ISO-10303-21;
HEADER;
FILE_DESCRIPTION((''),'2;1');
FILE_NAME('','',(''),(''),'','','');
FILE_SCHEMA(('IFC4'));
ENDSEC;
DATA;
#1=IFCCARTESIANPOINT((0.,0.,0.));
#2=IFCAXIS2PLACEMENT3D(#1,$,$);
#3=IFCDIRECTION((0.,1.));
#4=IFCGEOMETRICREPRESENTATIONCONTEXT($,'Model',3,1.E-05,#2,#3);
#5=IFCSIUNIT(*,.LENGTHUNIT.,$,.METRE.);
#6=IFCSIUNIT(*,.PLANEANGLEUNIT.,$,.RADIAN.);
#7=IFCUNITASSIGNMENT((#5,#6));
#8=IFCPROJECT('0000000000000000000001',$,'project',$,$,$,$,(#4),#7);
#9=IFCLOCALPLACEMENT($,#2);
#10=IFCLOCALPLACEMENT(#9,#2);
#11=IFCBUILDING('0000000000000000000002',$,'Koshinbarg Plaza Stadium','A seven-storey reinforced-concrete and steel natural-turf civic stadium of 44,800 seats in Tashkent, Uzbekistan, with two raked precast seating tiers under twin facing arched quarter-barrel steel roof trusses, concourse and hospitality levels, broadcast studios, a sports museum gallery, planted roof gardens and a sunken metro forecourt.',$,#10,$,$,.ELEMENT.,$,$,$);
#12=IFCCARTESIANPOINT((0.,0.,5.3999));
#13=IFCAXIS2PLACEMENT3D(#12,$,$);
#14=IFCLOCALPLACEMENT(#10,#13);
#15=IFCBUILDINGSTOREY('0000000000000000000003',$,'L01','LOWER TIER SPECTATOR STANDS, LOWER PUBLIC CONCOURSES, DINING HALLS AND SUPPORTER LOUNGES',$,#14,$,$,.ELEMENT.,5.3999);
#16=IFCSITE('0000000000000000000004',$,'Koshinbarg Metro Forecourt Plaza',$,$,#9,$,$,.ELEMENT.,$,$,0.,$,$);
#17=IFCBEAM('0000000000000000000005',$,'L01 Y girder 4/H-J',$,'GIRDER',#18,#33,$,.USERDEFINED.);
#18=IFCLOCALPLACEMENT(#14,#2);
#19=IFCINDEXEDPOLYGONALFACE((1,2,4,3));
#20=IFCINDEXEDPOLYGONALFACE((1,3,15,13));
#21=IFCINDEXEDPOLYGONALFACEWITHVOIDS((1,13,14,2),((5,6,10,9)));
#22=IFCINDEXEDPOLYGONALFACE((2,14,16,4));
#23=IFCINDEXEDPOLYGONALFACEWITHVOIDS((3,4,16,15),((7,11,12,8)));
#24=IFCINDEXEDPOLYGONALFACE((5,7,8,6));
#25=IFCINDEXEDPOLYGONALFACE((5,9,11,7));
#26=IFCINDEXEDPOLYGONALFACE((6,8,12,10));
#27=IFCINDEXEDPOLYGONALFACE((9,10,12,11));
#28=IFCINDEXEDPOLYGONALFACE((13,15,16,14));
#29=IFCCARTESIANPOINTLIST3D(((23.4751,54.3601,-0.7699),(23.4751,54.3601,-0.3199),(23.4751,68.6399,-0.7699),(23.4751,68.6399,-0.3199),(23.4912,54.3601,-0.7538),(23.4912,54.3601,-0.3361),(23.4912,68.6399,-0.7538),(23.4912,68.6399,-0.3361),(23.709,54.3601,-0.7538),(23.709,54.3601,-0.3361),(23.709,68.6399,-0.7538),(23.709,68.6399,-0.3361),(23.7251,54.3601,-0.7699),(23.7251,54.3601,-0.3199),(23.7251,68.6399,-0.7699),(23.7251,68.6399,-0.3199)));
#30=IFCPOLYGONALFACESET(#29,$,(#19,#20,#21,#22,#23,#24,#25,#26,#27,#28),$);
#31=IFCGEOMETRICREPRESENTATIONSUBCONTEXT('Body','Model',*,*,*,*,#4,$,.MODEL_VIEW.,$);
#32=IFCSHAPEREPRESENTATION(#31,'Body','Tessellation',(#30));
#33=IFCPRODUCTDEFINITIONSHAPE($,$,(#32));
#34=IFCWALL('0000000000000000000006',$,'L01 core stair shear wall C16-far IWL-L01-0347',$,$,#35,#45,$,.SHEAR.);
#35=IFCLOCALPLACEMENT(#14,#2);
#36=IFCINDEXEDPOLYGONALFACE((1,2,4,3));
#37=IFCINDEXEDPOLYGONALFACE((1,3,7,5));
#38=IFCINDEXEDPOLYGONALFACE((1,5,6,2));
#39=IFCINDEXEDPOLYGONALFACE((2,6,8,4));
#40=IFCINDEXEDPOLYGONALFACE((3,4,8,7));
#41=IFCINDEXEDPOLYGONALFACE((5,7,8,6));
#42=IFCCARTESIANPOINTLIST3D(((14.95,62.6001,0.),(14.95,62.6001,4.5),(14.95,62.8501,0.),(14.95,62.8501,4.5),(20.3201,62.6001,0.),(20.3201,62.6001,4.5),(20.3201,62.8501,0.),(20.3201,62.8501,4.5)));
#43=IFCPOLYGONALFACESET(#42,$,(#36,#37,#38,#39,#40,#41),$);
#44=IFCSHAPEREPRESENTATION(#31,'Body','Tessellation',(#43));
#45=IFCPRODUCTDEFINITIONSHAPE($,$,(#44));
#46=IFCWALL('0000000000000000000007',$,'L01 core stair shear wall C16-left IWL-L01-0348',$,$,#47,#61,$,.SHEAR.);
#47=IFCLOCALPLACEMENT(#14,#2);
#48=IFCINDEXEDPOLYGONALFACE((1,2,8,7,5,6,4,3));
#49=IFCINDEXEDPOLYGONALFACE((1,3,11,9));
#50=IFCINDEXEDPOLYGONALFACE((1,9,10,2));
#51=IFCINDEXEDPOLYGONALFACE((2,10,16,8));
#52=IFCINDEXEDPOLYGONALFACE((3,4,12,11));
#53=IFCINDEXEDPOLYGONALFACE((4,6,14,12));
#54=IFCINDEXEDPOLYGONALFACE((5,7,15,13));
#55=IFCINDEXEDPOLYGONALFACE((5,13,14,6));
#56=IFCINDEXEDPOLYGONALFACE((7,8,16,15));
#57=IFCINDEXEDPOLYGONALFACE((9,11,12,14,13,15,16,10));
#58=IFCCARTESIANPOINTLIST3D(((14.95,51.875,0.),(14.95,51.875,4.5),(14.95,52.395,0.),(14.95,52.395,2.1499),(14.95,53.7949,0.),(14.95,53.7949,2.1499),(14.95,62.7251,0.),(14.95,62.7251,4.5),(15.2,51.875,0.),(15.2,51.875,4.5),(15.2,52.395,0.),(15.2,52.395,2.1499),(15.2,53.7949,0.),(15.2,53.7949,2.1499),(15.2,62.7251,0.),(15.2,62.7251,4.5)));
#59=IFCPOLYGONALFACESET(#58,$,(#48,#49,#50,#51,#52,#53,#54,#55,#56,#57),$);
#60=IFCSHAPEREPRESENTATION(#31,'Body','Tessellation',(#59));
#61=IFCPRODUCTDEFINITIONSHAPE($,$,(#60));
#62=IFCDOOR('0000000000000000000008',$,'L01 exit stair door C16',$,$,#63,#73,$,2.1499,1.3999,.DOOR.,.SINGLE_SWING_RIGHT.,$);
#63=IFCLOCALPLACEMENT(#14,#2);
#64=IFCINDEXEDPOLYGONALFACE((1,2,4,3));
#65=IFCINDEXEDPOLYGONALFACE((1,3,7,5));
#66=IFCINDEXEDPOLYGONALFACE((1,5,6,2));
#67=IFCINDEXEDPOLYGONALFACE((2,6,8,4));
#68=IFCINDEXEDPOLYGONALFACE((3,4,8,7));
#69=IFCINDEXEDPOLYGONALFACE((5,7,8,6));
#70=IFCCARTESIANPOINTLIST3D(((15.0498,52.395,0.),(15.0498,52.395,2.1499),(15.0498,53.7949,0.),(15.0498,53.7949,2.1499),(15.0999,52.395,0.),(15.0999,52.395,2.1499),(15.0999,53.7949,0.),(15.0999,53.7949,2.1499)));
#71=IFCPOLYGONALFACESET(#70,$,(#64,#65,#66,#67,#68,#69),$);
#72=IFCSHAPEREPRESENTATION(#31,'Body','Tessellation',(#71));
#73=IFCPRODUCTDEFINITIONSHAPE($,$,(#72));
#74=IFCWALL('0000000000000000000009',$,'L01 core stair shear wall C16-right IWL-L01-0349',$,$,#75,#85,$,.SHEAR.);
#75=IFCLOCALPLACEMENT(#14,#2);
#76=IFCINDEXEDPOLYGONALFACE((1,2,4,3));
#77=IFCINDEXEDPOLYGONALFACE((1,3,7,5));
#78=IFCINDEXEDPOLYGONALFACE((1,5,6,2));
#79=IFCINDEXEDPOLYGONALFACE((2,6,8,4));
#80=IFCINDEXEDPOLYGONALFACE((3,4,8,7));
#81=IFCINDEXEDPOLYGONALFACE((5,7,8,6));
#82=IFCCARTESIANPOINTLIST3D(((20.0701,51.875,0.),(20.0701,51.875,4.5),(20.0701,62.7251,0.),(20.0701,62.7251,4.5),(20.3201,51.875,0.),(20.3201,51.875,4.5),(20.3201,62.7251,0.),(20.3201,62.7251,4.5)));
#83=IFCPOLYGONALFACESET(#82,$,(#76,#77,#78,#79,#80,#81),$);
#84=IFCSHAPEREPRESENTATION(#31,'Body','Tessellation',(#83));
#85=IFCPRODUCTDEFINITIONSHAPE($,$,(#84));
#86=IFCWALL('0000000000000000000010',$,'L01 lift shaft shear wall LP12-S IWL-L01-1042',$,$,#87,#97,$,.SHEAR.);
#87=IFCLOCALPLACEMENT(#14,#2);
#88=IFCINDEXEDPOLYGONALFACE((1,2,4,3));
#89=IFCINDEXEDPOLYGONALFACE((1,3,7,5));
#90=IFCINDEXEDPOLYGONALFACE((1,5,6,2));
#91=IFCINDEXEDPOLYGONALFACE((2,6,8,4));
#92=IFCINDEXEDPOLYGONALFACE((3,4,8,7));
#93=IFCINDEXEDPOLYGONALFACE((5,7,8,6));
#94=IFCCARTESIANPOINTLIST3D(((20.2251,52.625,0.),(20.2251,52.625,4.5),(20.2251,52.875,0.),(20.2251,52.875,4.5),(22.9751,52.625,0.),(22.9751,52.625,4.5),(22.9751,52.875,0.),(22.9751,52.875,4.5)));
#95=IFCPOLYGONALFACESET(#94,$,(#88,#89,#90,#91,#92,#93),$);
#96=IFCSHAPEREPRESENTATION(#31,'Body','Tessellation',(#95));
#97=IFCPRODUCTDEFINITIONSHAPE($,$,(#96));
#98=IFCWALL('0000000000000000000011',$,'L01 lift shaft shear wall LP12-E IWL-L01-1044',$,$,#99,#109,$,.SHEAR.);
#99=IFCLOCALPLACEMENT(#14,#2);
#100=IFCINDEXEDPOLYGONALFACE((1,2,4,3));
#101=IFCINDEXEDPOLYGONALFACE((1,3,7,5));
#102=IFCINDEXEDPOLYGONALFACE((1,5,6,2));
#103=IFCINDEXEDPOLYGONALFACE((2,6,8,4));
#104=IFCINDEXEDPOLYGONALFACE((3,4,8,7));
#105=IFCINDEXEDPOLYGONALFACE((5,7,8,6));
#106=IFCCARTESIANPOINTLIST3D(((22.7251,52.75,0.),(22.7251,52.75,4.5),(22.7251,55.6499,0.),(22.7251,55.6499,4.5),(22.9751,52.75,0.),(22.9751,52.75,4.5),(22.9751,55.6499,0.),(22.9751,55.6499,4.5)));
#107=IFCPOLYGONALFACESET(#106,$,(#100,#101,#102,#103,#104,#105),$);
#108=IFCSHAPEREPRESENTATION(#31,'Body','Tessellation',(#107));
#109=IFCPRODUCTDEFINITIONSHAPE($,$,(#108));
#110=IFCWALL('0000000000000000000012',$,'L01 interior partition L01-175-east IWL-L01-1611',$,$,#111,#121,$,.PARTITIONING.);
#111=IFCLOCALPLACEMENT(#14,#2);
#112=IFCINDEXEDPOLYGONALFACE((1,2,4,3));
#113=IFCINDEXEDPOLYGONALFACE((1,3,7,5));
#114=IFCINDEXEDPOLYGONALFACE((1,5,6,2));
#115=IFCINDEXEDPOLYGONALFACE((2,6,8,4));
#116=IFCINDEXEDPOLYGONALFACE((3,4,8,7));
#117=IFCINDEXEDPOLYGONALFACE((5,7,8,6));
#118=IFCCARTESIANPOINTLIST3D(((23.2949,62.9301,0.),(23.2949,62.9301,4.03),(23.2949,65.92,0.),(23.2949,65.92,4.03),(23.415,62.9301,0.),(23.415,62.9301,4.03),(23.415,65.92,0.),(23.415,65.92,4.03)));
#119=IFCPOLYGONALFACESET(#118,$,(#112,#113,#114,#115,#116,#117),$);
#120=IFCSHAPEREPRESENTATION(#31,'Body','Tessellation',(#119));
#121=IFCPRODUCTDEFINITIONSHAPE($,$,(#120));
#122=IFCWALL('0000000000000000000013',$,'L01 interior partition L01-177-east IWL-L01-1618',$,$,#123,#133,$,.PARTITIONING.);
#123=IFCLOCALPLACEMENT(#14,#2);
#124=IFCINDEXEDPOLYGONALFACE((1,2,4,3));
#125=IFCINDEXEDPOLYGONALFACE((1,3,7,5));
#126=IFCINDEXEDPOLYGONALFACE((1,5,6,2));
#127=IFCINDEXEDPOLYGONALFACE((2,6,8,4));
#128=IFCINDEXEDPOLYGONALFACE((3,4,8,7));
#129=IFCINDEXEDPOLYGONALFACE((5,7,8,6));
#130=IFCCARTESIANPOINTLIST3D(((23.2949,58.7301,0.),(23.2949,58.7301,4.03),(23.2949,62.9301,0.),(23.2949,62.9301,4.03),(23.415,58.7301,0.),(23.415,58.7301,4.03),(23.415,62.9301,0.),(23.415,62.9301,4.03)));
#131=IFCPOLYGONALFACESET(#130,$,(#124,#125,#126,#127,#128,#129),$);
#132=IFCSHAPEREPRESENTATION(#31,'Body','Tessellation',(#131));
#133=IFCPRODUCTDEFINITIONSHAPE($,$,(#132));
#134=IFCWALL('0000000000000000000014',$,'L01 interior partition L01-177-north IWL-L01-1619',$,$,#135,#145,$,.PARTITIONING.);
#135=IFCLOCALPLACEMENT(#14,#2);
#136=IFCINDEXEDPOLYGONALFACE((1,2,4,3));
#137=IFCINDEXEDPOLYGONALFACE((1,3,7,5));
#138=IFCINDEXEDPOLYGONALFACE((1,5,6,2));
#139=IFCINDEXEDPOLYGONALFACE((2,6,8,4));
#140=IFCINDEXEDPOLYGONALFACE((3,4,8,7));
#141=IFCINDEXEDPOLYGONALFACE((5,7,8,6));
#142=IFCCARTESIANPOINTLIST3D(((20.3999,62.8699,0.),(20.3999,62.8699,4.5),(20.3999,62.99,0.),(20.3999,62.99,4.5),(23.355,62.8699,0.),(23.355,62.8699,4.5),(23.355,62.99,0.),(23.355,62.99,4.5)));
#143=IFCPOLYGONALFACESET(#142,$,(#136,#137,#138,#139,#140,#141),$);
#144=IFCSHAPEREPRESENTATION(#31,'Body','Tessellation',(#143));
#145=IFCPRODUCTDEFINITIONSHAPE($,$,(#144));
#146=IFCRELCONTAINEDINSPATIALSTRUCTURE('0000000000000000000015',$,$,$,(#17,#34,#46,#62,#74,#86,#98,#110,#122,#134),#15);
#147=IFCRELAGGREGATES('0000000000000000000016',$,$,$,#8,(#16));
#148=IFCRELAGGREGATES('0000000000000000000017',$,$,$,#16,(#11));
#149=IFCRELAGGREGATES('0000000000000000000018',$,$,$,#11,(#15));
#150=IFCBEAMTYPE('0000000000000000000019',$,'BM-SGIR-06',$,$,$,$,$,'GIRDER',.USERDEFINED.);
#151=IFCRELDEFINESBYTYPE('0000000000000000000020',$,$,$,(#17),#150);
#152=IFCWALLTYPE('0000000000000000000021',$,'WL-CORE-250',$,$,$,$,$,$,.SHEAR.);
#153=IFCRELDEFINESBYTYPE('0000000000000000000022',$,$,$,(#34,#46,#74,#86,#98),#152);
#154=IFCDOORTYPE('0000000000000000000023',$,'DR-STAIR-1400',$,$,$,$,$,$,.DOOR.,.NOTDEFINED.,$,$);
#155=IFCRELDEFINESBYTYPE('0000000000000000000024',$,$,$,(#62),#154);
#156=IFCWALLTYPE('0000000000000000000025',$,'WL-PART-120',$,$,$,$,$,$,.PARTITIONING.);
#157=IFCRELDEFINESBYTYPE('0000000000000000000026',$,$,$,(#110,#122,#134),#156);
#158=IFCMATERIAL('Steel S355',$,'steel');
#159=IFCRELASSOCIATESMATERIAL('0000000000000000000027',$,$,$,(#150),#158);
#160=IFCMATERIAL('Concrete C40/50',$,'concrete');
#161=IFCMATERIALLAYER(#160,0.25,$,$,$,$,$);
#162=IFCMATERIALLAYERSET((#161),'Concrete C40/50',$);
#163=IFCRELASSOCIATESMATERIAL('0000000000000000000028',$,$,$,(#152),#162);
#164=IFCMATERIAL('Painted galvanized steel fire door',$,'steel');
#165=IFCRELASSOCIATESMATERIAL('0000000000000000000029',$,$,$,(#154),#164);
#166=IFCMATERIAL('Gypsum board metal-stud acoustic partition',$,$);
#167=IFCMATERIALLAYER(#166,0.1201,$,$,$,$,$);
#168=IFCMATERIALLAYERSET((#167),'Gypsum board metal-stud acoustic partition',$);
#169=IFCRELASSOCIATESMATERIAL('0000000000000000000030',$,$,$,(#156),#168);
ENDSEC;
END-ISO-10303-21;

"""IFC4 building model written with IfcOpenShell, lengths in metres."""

from ifc_helpers import new_model, si_unit, direction, frame, frame_2d, origin, origin_2d, place, context, subcontext, project, spatial, rectangle, hollow_rectangle, extrude, material, layer, layer_set, material_profile, profile_set, type_object, element, fill, save


model = new_model("IFC4")

# Units and contexts
model_context = context("Model", 3, precision=1e-05, world=origin(), true_north=direction((0.0, 1.0)))
body_context = subcontext(model_context, "Body", "Model", "MODEL_VIEW")
ifc_project = project(units=[si_unit("LENGTHUNIT", "METRE"), si_unit("PLANEANGLEUNIT", "RADIAN")], contexts=[model_context])

# Site, building, storey
site_placement = place(None, origin())
site = spatial("IfcSite", under=ifc_project, at=site_placement, Name="Koshinbarg Metro Forecourt Plaza", CompositionType="ELEMENT", RefElevation=0.0)
building_placement = place(site_placement, origin())
building = spatial("IfcBuilding", under=site, at=building_placement, Name="Koshinbarg Plaza Stadium", Description="A seven-storey reinforced-concrete and steel natural-turf civic stadium of 44,800 seats in Tashkent, Uzbekistan, with two raked precast seating tiers under twin facing arched quarter-barrel steel roof trusses, concourse and hospitality levels, broadcast studios, a sports museum gallery, planted roof gardens and a sunken metro forecourt.", CompositionType="ELEMENT")
storey_placement = place(building_placement, frame((0.0, 0.0, 5.3999)))
storey = spatial("IfcBuildingStorey", under=building, at=storey_placement, Name="L01", Description="LOWER TIER SPECTATOR STANDS, LOWER PUBLIC CONCOURSES, DINING HALLS AND SUPPORTER LOUNGES", CompositionType="ELEMENT", Elevation=5.3999)

# Shared definitions
ifc_material_1 = material(Name="Concrete C40/50", Category="concrete")
ifc_material_2 = material(Name="Steel S355", Category="steel")

# Beam
ifc_material_profile_1 = material_profile(ifc_material_2, hollow_rectangle(XDim=0.25, YDim=0.45, WallThickness=0.0161, at=origin_2d()), Name="RHS 450x250x16")
ifc_profile_set_1 = profile_set([ifc_material_profile_1], Name="Steel S355")
beam_type_1 = type_object("IfcBeamType", Name="BM-SGIR-06", ElementType="GIRDER", PredefinedType="USERDEFINED", material=ifc_profile_set_1)
beam_1_placement = place(storey_placement, frame((23.6001, 54.3601, -0.5449), z_axis=(0.0, 1.0, 0.0), x_axis=(-1.0, 0.0, 0.0)))
element("IfcBeam", 1, at=beam_1_placement, inside=storey, type_object=beam_type_1, Name="L01 Y girder 4/H-J", ObjectType="GIRDER", PredefinedType="USERDEFINED", context=body_context, shape_type="SweptSolid", body=[
    extrude(hollow_rectangle(XDim=0.25, YDim=0.45, WallThickness=0.0161, at=origin_2d()), origin(), (0.0, 0.0, 1.0), 14.2798),
])

# Wall
ifc_layer_1 = layer(ifc_material_1, 0.25)
ifc_layer_set_1 = layer_set([ifc_layer_1], Name="Concrete C40/50")
wall_type_1 = type_object("IfcWallType", Name="WL-CORE-250", PredefinedType="SHEAR", material=ifc_layer_set_1)
wall_1_placement = place(storey_placement, frame((20.3201, 62.7251, 0.0), z_axis=(0.0, 0.0, 1.0), x_axis=(-1.0, 0.0, 0.0)))
element("IfcWall", 2, at=wall_1_placement, inside=storey, type_object=wall_type_1, Name="L01 core stair shear wall C16-far IWL-L01-0347", PredefinedType="SHEAR", context=body_context, shape_type="SweptSolid", body=[
    extrude(rectangle(XDim=5.3701, YDim=0.25, at=frame_2d((2.6851, 0.0))), origin(), (0.0, 0.0, 1.0), 4.5),
])

# Wall, opening, door
wall_2_placement = place(storey_placement, frame((15.075, 51.875, 0.0), z_axis=(0.0, 0.0, 1.0), x_axis=(0.0, 1.0, 0.0)))
wall_2 = element("IfcWall", 3, at=wall_2_placement, inside=storey, type_object=wall_type_1, Name="L01 core stair shear wall C16-left IWL-L01-0348", PredefinedType="SHEAR", context=body_context, shape_type="SweptSolid", body=[
    extrude(rectangle(XDim=10.8501, YDim=0.25, at=frame_2d((5.425, 0.0))), origin(), (0.0, 0.0, 1.0), 4.5),
])
opening_1_placement = place(wall_2_placement, frame((0.52, 0.0, 0.0)))
opening_1 = element("IfcOpeningElement", 4, at=opening_1_placement, cuts=wall_2, PredefinedType="OPENING", context=body_context, shape_type="SweptSolid", body=[
    extrude(rectangle(XDim=1.3999, YDim=2.1499, at=frame_2d((0.7, 1.075))), frame((0.0, 0.135, 0.0), z_axis=(0.0, -1.0, 0.0), x_axis=(1.0, 0.0, 0.0)), (0.0, 0.0, 1.0), 0.27),
])
ifc_material_3 = material(Name="Painted galvanized steel fire door", Category="steel")
door_type_1 = type_object("IfcDoorType", Name="DR-STAIR-1400", OperationType="NOTDEFINED", PredefinedType="DOOR", material=ifc_material_3)
door_1_placement = place(opening_1_placement, frame((1.3999, 0.0, 0.0), z_axis=(0.0, 0.0, 1.0), x_axis=(-1.0, 0.0, 0.0)))
door_1 = element("IfcDoor", 5, at=door_1_placement, inside=storey, type_object=door_type_1, Name="L01 exit stair door C16", OperationType="SINGLE_SWING_RIGHT", OverallHeight=2.1499, OverallWidth=1.3999, PredefinedType="DOOR", context=body_context, shape_type="SweptSolid", body=[
    extrude(rectangle(XDim=1.3999, YDim=2.1499, at=frame_2d((0.7, 1.075))), frame((0.0, 0.0249, 0.0), z_axis=(0.0, -1.0, 0.0), x_axis=(1.0, 0.0, 0.0)), (0.0, 0.0, 1.0), 0.05),
])
fill(opening_1, door_1)

# Walls
wall_3_placement = place(storey_placement, frame((20.1951, 51.875, 0.0), z_axis=(0.0, 0.0, 1.0), x_axis=(0.0, 1.0, 0.0)))
element("IfcWall", 6, at=wall_3_placement, inside=storey, type_object=wall_type_1, Name="L01 core stair shear wall C16-right IWL-L01-0349", PredefinedType="SHEAR", context=body_context, shape_type="SweptSolid", body=[
    extrude(rectangle(XDim=10.8501, YDim=0.25, at=frame_2d((5.425, 0.0))), origin(), (0.0, 0.0, 1.0), 4.5),
])
wall_4_placement = place(storey_placement, frame((20.2251, 52.75, 0.0), z_axis=(0.0, 0.0, 1.0), x_axis=(1.0, 0.0, 0.0)))
element("IfcWall", 7, at=wall_4_placement, inside=storey, type_object=wall_type_1, Name="L01 lift shaft shear wall LP12-S IWL-L01-1042", PredefinedType="SHEAR", context=body_context, shape_type="SweptSolid", body=[
    extrude(rectangle(XDim=2.75, YDim=0.25, at=frame_2d((1.375, 0.0))), origin(), (0.0, 0.0, 1.0), 4.5),
])

# Walls
wall_5_placement = place(storey_placement, frame((22.8501, 52.75, 0.0), z_axis=(0.0, 0.0, 1.0), x_axis=(0.0, 1.0, 0.0)))
element("IfcWall", 8, at=wall_5_placement, inside=storey, type_object=wall_type_1, Name="L01 lift shaft shear wall LP12-E IWL-L01-1044", PredefinedType="SHEAR", context=body_context, shape_type="SweptSolid", body=[
    extrude(rectangle(XDim=2.8999, YDim=0.25, at=frame_2d((1.45, 0.0))), origin(), (0.0, 0.0, 1.0), 4.5),
])
ifc_material_4 = material(Name="Gypsum board metal-stud acoustic partition")
ifc_layer_2 = layer(ifc_material_4, 0.1201)
ifc_layer_set_2 = layer_set([ifc_layer_2], Name="Gypsum board metal-stud acoustic partition")
wall_type_2 = type_object("IfcWallType", Name="WL-PART-120", PredefinedType="PARTITIONING", material=ifc_layer_set_2)
wall_6_placement = place(storey_placement, frame((23.355, 62.9299, 0.0), z_axis=(0.0, 0.0, 1.0), x_axis=(0.0, 1.0, 0.0)))
element("IfcWall", 9, at=wall_6_placement, inside=storey, type_object=wall_type_2, Name="L01 interior partition L01-175-east IWL-L01-1611", PredefinedType="PARTITIONING", context=body_context, shape_type="SweptSolid", body=[
    extrude(rectangle(XDim=2.99, YDim=0.1201, at=frame_2d((1.4951, 0.0))), origin(), (0.0, 0.0, 1.0), 4.03),
])

# Walls
wall_7_placement = place(storey_placement, frame((23.355, 58.73, 0.0), z_axis=(0.0, 0.0, 1.0), x_axis=(0.0, 1.0, 0.0)))
element("IfcWall", 10, at=wall_7_placement, inside=storey, type_object=wall_type_2, Name="L01 interior partition L01-177-east IWL-L01-1618", PredefinedType="PARTITIONING", context=body_context, shape_type="SweptSolid", body=[
    extrude(rectangle(XDim=4.2, YDim=0.1201, at=frame_2d((2.1001, 0.0))), origin(), (0.0, 0.0, 1.0), 4.03),
])
wall_8_placement = place(storey_placement, frame((23.355, 62.9299, 0.0), z_axis=(0.0, 0.0, 1.0), x_axis=(-1.0, 0.0, 0.0)))
element("IfcWall", 11, at=wall_8_placement, inside=storey, type_object=wall_type_2, Name="L01 interior partition L01-177-north IWL-L01-1619", PredefinedType="PARTITIONING", context=body_context, shape_type="SweptSolid", body=[
    extrude(rectangle(XDim=2.9551, YDim=0.1201, at=frame_2d((1.4775, 0.0))), origin(), (0.0, 0.0, 1.0), 4.5),
])

save(model, "model.ifc")
